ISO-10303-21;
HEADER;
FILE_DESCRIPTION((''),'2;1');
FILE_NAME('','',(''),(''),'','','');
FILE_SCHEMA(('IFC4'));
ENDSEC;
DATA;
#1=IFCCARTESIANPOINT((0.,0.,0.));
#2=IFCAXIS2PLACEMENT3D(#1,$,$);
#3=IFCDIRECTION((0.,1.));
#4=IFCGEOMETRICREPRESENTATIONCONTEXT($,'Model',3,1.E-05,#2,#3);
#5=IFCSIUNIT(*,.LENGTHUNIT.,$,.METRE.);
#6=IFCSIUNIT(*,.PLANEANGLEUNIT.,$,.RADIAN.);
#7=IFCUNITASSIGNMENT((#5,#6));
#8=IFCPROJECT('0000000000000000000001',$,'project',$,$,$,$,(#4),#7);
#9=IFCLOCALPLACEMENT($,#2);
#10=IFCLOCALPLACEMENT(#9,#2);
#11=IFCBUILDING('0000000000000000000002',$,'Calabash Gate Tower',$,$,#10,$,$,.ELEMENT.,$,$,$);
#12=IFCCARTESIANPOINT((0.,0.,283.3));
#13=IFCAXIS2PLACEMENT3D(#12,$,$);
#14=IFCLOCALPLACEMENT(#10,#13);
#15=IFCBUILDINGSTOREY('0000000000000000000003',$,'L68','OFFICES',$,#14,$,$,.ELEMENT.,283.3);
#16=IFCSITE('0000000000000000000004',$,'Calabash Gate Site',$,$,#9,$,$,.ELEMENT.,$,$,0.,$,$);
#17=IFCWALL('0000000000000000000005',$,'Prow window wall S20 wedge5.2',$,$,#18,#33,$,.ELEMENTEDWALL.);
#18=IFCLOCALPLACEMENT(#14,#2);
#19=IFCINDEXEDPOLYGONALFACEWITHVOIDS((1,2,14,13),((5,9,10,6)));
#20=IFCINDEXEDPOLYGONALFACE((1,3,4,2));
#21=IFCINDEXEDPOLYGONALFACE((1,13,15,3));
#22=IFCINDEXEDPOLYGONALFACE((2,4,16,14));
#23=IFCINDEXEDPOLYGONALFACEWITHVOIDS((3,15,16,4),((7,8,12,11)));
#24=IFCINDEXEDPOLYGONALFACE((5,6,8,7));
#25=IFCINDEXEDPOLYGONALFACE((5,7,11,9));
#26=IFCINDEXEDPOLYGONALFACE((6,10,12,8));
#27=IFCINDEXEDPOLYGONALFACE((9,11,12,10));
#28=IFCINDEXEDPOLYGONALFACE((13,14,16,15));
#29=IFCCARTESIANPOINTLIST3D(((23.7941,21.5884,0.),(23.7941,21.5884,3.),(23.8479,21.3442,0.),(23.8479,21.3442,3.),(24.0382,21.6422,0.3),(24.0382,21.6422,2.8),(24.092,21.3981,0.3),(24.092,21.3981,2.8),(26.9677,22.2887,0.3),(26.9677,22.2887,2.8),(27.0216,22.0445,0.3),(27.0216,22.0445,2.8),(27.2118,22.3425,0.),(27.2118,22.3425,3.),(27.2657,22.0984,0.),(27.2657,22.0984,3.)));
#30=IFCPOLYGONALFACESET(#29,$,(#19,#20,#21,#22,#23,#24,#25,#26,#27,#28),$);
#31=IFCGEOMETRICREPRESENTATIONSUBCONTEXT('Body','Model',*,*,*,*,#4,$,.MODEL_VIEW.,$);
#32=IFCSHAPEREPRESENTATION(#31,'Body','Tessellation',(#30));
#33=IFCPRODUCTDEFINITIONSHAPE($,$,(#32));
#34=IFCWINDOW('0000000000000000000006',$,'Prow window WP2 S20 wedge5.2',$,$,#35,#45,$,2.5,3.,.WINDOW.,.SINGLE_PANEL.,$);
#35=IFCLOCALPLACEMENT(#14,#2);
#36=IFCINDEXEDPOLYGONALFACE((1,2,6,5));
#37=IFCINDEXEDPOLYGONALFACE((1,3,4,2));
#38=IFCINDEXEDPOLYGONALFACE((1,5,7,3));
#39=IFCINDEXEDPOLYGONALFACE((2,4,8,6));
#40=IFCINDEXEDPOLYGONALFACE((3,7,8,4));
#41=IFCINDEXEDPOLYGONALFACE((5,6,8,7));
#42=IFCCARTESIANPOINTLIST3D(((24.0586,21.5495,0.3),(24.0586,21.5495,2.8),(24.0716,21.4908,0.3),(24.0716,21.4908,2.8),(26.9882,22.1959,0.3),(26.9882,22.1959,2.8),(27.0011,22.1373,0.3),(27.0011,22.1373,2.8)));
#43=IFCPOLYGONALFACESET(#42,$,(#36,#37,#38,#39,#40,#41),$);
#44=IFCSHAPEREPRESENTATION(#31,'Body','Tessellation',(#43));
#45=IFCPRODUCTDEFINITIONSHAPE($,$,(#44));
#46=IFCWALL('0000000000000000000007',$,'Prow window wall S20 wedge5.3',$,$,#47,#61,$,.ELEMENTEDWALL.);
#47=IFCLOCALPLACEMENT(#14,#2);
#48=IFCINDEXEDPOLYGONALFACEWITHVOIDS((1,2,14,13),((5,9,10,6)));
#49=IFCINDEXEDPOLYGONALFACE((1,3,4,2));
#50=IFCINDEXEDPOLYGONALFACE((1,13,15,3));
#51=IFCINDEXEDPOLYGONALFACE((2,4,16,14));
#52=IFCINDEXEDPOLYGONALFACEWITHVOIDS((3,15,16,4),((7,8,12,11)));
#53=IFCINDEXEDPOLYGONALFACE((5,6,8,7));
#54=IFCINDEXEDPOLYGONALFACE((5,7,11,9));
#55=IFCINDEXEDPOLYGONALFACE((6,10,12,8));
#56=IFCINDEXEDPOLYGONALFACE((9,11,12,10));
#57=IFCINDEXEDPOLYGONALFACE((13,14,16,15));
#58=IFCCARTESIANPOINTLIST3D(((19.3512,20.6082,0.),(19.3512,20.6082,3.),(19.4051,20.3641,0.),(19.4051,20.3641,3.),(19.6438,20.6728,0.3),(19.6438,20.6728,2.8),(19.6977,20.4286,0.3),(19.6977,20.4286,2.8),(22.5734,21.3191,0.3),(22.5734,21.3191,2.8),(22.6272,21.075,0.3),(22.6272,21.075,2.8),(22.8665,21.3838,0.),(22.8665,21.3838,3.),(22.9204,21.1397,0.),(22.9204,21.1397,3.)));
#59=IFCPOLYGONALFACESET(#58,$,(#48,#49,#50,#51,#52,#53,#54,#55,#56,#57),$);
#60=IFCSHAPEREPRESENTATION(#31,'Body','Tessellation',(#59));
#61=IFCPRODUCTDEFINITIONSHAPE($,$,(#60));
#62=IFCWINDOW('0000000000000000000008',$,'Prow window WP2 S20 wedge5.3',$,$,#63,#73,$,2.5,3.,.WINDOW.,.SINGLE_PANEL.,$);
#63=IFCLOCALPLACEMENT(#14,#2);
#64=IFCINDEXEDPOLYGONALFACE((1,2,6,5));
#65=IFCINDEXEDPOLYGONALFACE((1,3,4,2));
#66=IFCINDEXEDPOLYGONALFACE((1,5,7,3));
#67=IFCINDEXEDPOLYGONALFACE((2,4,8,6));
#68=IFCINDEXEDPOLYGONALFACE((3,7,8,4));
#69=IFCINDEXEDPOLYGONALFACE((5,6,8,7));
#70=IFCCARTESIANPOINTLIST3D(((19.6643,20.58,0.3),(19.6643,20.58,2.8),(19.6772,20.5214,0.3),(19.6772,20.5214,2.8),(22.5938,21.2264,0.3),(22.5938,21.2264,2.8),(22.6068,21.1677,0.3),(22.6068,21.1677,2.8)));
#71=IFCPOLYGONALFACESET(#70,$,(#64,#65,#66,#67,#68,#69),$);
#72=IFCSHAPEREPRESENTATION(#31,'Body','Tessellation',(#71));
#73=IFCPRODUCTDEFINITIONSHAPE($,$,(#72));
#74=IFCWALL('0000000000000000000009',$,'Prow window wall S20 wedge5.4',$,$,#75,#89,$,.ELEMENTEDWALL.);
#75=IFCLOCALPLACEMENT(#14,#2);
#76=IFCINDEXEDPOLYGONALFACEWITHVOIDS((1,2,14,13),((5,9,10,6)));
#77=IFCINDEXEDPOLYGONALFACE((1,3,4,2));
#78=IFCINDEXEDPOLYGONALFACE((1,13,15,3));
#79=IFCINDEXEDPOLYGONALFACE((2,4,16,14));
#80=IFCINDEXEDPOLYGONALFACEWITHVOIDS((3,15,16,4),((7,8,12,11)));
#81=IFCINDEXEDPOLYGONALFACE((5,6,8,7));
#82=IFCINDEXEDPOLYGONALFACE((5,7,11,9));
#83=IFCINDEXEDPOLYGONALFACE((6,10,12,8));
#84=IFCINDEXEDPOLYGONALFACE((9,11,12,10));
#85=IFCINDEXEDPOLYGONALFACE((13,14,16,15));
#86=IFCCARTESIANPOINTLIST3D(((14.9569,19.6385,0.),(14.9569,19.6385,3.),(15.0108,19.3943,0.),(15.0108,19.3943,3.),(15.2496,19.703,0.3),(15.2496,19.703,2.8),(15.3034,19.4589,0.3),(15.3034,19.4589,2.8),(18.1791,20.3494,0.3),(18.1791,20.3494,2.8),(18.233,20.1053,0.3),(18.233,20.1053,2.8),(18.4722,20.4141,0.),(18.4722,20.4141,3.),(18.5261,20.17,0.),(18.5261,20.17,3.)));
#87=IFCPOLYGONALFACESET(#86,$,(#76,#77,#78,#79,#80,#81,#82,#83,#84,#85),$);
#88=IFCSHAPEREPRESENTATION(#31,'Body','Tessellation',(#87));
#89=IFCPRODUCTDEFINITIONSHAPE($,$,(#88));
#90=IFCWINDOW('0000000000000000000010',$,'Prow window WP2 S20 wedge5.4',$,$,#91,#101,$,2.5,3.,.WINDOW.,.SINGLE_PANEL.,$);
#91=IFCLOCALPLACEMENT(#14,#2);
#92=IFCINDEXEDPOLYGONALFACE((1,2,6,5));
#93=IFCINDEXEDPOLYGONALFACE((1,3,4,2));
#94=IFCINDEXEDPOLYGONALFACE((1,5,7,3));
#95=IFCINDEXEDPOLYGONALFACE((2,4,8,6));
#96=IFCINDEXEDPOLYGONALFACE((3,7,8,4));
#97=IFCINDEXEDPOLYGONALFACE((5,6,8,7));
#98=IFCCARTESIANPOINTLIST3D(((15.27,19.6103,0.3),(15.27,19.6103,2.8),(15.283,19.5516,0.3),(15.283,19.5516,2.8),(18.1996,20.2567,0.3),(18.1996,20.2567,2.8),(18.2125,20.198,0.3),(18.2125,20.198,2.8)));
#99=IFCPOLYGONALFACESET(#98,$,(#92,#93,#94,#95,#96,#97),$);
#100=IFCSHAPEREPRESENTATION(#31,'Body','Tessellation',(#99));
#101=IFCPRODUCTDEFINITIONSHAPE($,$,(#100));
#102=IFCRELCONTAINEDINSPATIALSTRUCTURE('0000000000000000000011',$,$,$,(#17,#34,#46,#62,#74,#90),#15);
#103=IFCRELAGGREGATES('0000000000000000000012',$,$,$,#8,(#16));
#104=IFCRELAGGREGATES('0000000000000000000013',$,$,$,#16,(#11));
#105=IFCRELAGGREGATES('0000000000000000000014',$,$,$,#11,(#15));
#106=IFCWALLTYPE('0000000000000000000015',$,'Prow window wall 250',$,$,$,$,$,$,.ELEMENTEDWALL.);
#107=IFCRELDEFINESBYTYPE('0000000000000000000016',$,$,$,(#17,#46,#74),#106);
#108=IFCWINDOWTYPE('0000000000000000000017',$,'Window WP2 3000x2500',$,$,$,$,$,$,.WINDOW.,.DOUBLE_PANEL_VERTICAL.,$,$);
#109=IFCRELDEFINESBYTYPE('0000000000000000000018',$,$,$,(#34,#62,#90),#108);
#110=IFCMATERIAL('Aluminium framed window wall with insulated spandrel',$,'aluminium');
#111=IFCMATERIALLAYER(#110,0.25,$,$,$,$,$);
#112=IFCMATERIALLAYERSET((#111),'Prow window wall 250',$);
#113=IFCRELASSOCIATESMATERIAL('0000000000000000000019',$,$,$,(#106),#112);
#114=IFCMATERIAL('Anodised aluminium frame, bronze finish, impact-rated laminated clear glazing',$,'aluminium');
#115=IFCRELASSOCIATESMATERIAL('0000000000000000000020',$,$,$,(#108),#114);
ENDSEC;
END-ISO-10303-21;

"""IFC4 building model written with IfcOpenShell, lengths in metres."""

from ifc_helpers import new_model, si_unit, direction, frame, frame_2d, origin, place, context, subcontext, project, spatial, rectangle, extrude, material, layer, layer_set, type_object, element, fill, save


model = new_model("IFC4")

# Units and contexts
model_context = context("Model", 3, precision=1e-05, world=origin(), true_north=direction((0.0, 1.0)))
body_context = subcontext(model_context, "Body", "Model", "MODEL_VIEW")
ifc_project = project(units=[si_unit("LENGTHUNIT", "METRE"), si_unit("PLANEANGLEUNIT", "RADIAN")], contexts=[model_context])

# Site, building, storey
site_placement = place(None, origin())
site = spatial("IfcSite", under=ifc_project, at=site_placement, Name="Calabash Gate Site", CompositionType="ELEMENT", RefElevation=0.0)
building_placement = place(site_placement, origin())
building = spatial("IfcBuilding", under=site, at=building_placement, Name="Calabash Gate Tower", CompositionType="ELEMENT")
storey_placement = place(building_placement, frame((0.0, 0.0, 283.3)))
storey = spatial("IfcBuildingStorey", under=building, at=storey_placement, Name="L68", Description="OFFICES", CompositionType="ELEMENT", Elevation=283.3)

# Walls, openings, windows
ifc_material_1 = material(Name="Aluminium framed window wall with insulated spandrel", Category="aluminium")
ifc_layer_1 = layer(ifc_material_1, 0.25)
ifc_layer_set_1 = layer_set([ifc_layer_1], Name="Prow window wall 250")
wall_type_1 = type_object("IfcWallType", Name="Prow window wall 250", PredefinedType="ELEMENTEDWALL", material=ifc_layer_set_1)
ifc_material_2 = material(Name="Anodised aluminium frame, bronze finish, impact-rated laminated clear glazing", Category="aluminium")
window_type = type_object("IfcWindowType", Name="Window WP2 3000x2500", PartitioningType="DOUBLE_PANEL_VERTICAL", PredefinedType="WINDOW", material=ifc_material_2)
wall_1_placement = place(storey_placement, frame((27.2388, 22.2205, 0.0), z_axis=(0.0, 0.0, 1.0), x_axis=(-0.976509, -0.215475, 0.0)))
wall_1 = element("IfcWall", 1, at=wall_1_placement, inside=storey, type_object=wall_type_1, Name="Prow window wall S20 wedge5.2", PredefinedType="ELEMENTEDWALL", context=body_context, shape_type="SweptSolid", body=[
    extrude(rectangle(XDim=3.5, YDim=0.25, at=frame_2d((1.75, 0.0))), origin(), (0.0, 0.0, 1.0), 3.0),
])
opening_1_placement = place(wall_1_placement, frame((0.25, 0.0, 0.3)))
opening_1 = element("IfcOpeningElement", 2, at=opening_1_placement, cuts=wall_1, PredefinedType="OPENING", context=body_context, shape_type="SweptSolid", body=[
    extrude(rectangle(XDim=3.0, YDim=2.5, at=frame_2d((1.5, 1.25))), frame((0.0, 0.135, 0.0), z_axis=(0.0, -1.0, 0.0), x_axis=(1.0, 0.0, 0.0)), (0.0, 0.0, 1.0), 0.27),
])
window_1_placement = place(opening_1_placement, origin())
window_1 = element("IfcWindow", 3, at=window_1_placement, inside=storey, type_object=window_type, Name="Prow window WP2 S20 wedge5.2", OverallHeight=2.5, OverallWidth=3.0, PartitioningType="SINGLE_PANEL", PredefinedType="WINDOW", context=body_context, shape_type="SweptSolid", body=[
    extrude(rectangle(XDim=3.0, YDim=2.5, at=frame_2d((1.5, 1.25))), frame((0.0, 0.03, 0.0), z_axis=(0.0, -1.0, 0.0), x_axis=(1.0, 0.0, 0.0)), (0.0, 0.0, 1.0), 0.0601),
])
fill(opening_1, window_1)
wall_2_placement = place(storey_placement, frame((22.8933, 21.2617, 0.0), z_axis=(0.0, 0.0, 1.0), x_axis=(-0.976513, -0.215458, 0.0)))
wall_2 = element("IfcWall", 4, at=wall_2_placement, inside=storey, type_object=wall_type_1, Name="Prow window wall S20 wedge5.3", PredefinedType="ELEMENTEDWALL", context=body_context, shape_type="SweptSolid", body=[
    extrude(rectangle(XDim=3.5999, YDim=0.25, at=frame_2d((1.7998, 0.0))), origin(), (0.0, 0.0, 1.0), 3.0),
])
opening_2_placement = place(wall_2_placement, frame((0.3, 0.0, 0.3)))
opening_2 = element("IfcOpeningElement", 5, at=opening_2_placement, cuts=wall_2, PredefinedType="OPENING", context=body_context, shape_type="SweptSolid", body=[
    extrude(rectangle(XDim=3.0, YDim=2.5, at=frame_2d((1.5, 1.25))), frame((0.0, 0.135, 0.0), z_axis=(0.0, -1.0, 0.0), x_axis=(1.0, 0.0, 0.0)), (0.0, 0.0, 1.0), 0.27),
])
window_2_placement = place(opening_2_placement, origin())
window_2 = element("IfcWindow", 6, at=window_2_placement, inside=storey, type_object=window_type, Name="Prow window WP2 S20 wedge5.3", OverallHeight=2.5, OverallWidth=3.0, PartitioningType="SINGLE_PANEL", PredefinedType="WINDOW", context=body_context, shape_type="SweptSolid", body=[
    extrude(rectangle(XDim=3.0, YDim=2.5, at=frame_2d((1.5, 1.25))), frame((0.0, 0.03, 0.0), z_axis=(0.0, -1.0, 0.0), x_axis=(1.0, 0.0, 0.0)), (0.0, 0.0, 1.0), 0.0601),
])
fill(opening_2, window_2)
wall_3_placement = place(storey_placement, frame((18.499, 20.292, 0.0), z_axis=(0.0, 0.0, 1.0), x_axis=(-0.976513, -0.215458, 0.0)))
wall_3 = element("IfcWall", 7, at=wall_3_placement, inside=storey, type_object=wall_type_1, Name="Prow window wall S20 wedge5.4", PredefinedType="ELEMENTEDWALL", context=body_context, shape_type="SweptSolid", body=[
    extrude(rectangle(XDim=3.5999, YDim=0.25, at=frame_2d((1.7998, 0.0))), origin(), (0.0, 0.0, 1.0), 3.0),
])
opening_3_placement = place(wall_3_placement, frame((0.3, 0.0, 0.3)))
opening_3 = element("IfcOpeningElement", 8, at=opening_3_placement, cuts=wall_3, PredefinedType="OPENING", context=body_context, shape_type="SweptSolid", body=[
    extrude(rectangle(XDim=3.0, YDim=2.5, at=frame_2d((1.5, 1.25))), frame((0.0, 0.135, 0.0), z_axis=(0.0, -1.0, 0.0), x_axis=(1.0, 0.0, 0.0)), (0.0, 0.0, 1.0), 0.27),
])
window_3_placement = place(opening_3_placement, origin())
window_3 = element("IfcWindow", 9, at=window_3_placement, inside=storey, type_object=window_type, Name="Prow window WP2 S20 wedge5.4", OverallHeight=2.5, OverallWidth=3.0, PartitioningType="SINGLE_PANEL", PredefinedType="WINDOW", context=body_context, shape_type="SweptSolid", body=[
    extrude(rectangle(XDim=3.0, YDim=2.5, at=frame_2d((1.5, 1.25))), frame((0.0, 0.03, 0.0), z_axis=(0.0, -1.0, 0.0), x_axis=(1.0, 0.0, 0.0)), (0.0, 0.0, 1.0), 0.0601),
])
fill(opening_3, window_3)

save(model, "model.ifc")
